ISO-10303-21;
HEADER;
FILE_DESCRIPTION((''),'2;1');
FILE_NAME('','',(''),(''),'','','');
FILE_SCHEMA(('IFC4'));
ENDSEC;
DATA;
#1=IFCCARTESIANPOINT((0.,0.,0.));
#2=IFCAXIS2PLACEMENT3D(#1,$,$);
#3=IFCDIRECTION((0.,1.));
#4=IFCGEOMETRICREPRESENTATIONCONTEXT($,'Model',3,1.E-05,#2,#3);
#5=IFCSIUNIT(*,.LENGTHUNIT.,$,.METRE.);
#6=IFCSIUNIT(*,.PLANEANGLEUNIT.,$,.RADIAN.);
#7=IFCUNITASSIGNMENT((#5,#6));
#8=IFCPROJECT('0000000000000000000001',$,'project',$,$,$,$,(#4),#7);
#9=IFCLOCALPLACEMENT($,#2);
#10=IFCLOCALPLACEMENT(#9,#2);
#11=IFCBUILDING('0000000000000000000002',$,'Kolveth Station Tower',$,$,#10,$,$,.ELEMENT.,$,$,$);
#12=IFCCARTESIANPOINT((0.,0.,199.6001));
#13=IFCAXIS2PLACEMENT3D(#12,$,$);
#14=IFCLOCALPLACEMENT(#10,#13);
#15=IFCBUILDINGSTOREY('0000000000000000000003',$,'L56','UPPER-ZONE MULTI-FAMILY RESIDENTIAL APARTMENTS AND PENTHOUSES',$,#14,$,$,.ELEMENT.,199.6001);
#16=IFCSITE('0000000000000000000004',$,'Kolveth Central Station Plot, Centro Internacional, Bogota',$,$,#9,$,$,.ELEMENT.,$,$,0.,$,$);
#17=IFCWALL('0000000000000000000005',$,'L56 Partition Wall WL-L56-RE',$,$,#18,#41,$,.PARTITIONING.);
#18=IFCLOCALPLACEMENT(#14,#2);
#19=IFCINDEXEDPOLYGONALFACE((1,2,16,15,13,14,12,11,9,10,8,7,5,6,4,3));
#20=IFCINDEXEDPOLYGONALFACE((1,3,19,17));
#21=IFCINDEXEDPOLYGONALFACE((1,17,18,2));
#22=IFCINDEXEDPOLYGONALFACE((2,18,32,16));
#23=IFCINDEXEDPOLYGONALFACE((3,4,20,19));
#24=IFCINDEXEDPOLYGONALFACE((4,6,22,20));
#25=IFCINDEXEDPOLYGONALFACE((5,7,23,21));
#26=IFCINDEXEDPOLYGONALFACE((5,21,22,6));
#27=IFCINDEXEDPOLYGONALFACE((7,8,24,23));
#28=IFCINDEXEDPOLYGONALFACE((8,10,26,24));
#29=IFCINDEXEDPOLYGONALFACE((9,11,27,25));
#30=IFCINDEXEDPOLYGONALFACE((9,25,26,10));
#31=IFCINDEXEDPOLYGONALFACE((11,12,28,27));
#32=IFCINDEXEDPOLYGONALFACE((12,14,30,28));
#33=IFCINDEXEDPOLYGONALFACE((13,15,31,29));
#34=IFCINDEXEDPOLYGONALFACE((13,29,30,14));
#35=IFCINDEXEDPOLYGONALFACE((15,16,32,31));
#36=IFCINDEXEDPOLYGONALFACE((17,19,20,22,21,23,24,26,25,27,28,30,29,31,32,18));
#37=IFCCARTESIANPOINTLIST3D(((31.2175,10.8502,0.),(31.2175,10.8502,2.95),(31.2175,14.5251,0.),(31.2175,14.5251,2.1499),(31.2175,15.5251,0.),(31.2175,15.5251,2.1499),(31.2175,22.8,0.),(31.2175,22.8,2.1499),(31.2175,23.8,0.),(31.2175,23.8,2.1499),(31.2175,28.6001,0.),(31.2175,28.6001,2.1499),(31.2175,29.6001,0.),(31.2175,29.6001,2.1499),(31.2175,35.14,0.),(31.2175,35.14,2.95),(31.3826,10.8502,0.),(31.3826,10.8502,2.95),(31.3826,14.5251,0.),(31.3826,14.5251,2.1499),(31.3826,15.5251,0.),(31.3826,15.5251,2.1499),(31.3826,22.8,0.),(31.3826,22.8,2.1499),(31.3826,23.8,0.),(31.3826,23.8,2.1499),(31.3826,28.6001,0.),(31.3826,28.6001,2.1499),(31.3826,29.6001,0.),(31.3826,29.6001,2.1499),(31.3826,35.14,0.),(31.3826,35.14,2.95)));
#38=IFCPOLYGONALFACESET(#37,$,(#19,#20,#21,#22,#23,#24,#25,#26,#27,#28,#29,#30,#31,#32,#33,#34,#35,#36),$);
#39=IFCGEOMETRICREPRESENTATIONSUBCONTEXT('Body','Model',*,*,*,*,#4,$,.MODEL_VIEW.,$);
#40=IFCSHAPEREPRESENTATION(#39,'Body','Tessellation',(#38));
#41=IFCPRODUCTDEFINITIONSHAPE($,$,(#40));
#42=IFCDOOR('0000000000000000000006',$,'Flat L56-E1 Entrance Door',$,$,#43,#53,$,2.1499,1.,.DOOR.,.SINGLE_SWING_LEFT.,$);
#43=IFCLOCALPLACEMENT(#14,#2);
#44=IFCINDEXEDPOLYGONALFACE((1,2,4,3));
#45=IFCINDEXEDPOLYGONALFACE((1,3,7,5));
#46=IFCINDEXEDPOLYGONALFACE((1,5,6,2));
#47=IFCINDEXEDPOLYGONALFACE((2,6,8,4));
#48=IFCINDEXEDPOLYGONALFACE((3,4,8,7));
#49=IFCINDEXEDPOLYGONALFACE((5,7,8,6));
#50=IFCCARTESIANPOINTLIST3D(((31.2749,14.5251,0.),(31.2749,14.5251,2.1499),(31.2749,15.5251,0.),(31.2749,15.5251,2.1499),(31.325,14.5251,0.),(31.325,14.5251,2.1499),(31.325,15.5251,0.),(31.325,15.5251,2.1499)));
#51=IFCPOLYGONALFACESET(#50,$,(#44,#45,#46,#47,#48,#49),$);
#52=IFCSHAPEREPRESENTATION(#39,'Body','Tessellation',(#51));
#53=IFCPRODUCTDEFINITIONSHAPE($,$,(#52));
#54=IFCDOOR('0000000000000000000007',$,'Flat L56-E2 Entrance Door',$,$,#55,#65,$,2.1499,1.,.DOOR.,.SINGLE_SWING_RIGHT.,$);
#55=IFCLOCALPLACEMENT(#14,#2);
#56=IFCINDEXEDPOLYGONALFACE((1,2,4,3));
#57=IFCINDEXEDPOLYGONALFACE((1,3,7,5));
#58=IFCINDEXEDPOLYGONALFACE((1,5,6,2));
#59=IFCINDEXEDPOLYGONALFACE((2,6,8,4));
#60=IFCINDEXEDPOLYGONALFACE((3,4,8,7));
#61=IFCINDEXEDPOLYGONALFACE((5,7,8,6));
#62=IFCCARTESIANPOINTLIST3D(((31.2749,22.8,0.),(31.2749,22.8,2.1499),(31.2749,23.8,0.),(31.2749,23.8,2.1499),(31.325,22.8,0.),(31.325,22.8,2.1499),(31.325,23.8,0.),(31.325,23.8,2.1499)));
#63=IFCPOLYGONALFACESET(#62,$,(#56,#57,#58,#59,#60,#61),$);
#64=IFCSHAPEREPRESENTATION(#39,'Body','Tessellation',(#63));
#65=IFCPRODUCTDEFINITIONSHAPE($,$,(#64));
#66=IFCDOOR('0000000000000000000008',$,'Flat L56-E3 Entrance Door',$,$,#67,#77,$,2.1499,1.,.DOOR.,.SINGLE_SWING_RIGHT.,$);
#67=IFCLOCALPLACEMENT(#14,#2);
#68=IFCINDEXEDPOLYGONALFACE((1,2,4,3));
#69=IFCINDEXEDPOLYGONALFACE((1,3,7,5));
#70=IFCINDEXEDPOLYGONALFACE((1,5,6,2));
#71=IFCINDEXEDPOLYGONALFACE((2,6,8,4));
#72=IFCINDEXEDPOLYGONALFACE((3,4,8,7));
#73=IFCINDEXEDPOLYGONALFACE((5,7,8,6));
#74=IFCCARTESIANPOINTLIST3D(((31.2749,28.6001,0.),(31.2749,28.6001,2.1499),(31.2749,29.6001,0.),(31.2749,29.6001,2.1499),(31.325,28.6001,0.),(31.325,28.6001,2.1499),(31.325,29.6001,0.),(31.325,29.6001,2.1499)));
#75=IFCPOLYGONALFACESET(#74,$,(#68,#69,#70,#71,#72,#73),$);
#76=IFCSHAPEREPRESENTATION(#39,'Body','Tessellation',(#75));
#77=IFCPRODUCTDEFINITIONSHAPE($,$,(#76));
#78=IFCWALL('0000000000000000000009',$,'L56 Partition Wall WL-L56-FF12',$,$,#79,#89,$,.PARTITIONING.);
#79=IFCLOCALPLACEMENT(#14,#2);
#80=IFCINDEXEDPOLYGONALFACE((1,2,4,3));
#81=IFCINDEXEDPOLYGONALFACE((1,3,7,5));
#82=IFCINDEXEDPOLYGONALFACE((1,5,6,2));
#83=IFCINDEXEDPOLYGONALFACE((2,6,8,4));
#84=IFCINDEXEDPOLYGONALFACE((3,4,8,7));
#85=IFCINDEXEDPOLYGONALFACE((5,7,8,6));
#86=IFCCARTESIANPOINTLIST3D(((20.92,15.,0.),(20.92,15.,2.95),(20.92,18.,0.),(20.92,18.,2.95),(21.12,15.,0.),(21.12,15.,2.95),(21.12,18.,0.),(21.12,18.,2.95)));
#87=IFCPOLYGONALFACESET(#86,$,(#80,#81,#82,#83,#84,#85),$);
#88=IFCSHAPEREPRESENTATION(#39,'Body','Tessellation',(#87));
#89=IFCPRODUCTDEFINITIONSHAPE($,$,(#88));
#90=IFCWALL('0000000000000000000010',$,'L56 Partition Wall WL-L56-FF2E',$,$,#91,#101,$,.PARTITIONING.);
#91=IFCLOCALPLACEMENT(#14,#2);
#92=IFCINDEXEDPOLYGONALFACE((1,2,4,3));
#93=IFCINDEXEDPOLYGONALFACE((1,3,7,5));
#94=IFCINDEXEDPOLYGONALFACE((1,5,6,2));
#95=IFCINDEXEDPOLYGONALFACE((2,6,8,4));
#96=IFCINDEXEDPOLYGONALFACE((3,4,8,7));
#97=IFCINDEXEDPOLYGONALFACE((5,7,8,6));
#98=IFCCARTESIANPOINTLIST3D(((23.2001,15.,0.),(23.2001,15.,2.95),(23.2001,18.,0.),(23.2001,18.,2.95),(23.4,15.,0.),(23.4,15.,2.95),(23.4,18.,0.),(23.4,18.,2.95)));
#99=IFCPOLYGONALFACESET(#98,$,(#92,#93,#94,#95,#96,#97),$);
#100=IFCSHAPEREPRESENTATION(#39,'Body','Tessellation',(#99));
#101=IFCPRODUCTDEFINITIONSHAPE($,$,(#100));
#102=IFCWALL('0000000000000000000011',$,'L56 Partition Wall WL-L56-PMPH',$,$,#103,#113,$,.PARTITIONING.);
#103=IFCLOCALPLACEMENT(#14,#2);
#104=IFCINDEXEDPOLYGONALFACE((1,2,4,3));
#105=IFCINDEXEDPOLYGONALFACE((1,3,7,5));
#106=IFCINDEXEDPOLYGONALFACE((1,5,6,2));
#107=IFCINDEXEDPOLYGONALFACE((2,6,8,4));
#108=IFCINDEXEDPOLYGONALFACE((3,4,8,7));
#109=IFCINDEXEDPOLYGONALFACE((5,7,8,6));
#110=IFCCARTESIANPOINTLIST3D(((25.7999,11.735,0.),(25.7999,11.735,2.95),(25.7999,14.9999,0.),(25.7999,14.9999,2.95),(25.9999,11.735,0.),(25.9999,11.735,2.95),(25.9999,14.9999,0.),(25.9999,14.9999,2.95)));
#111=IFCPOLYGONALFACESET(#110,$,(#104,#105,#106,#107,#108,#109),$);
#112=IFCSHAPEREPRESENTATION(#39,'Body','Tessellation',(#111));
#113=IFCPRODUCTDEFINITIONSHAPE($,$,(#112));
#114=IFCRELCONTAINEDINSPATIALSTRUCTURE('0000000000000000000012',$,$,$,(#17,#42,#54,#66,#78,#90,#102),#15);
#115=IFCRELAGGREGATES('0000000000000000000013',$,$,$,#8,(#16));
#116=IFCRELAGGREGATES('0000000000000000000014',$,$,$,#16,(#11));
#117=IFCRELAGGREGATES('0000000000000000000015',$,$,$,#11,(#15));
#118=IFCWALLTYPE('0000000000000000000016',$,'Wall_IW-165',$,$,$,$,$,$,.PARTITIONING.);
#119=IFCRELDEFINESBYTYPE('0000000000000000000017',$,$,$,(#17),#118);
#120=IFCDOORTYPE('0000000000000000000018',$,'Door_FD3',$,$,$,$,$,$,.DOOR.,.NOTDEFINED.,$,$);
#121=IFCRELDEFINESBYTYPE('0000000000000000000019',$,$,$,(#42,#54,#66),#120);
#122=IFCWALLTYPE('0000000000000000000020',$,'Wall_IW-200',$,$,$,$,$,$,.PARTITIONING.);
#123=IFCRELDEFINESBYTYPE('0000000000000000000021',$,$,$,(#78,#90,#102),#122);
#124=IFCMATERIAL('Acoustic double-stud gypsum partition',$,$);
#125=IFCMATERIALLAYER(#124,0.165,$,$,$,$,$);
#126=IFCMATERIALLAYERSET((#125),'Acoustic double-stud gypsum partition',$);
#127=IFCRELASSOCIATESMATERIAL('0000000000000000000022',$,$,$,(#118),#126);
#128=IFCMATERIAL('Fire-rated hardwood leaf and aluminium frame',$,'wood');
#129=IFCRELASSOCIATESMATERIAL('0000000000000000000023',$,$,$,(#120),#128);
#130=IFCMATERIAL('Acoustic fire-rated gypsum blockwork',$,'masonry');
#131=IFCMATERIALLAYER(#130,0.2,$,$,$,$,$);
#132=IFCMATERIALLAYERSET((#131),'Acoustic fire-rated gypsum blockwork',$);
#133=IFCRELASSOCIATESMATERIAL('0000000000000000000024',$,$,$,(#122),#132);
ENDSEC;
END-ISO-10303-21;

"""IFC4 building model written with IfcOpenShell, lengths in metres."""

from ifc_helpers import new_model, si_unit, direction, frame, frame_2d, origin, place, context, subcontext, project, spatial, rectangle, extrude, material, layer, layer_set, type_object, element, fill, save


model = new_model("IFC4")

# Units and contexts
model_context = context("Model", 3, precision=1e-05, world=origin(), true_north=direction((0.0, 1.0)))
body_context = subcontext(model_context, "Body", "Model", "MODEL_VIEW")
ifc_project = project(units=[si_unit("LENGTHUNIT", "METRE"), si_unit("PLANEANGLEUNIT", "RADIAN")], contexts=[model_context])

# Site, building, storey
site_placement = place(None, origin())
site = spatial("IfcSite", under=ifc_project, at=site_placement, Name="Kolveth Central Station Plot, Centro Internacional, Bogota", CompositionType="ELEMENT", RefElevation=0.0)
building_placement = place(site_placement, origin())
building = spatial("IfcBuilding", under=site, at=building_placement, Name="Kolveth Station Tower", CompositionType="ELEMENT")
storey_placement = place(building_placement, frame((0.0, 0.0, 199.6001)))
storey = spatial("IfcBuildingStorey", under=building, at=storey_placement, Name="L56", Description="UPPER-ZONE MULTI-FAMILY RESIDENTIAL APARTMENTS AND PENTHOUSES", CompositionType="ELEMENT", Elevation=199.6001)

# Shared definitions
ifc_material_1 = material(Name="Acoustic double-stud gypsum partition")
ifc_layer_1 = layer(ifc_material_1, 0.165)
ifc_layer_set_1 = layer_set([ifc_layer_1], Name="Acoustic double-stud gypsum partition")
wall_type_1 = type_object("IfcWallType", Name="Wall_IW-165", PredefinedType="PARTITIONING", material=ifc_layer_set_1)

# Wall, openings, doors
wall_1_placement = place(storey_placement, frame((31.3, 10.8501, 0.0), z_axis=(0.0, 0.0, 1.0), x_axis=(0.0, 1.0, 0.0)))
wall_1 = element("IfcWall", 1, at=wall_1_placement, inside=storey, type_object=wall_type_1, Name="L56 Partition Wall WL-L56-RE", PredefinedType="PARTITIONING", context=body_context, shape_type="SweptSolid", body=[
    extrude(rectangle(XDim=24.2898, YDim=0.165, at=frame_2d((12.145, 0.0))), origin(), (0.0, 0.0, 1.0), 2.95),
])
opening_1_placement = place(wall_1_placement, frame((3.675, 0.0, 0.0)))
opening_1 = element("IfcOpeningElement", 2, at=opening_1_placement, cuts=wall_1, PredefinedType="OPENING", context=body_context, shape_type="SweptSolid", body=[
    extrude(rectangle(XDim=1.0, YDim=2.1499, at=frame_2d((0.5, 1.075))), frame((0.0, 0.0925, 0.0), z_axis=(0.0, -1.0, 0.0), x_axis=(1.0, 0.0, 0.0)), (0.0, 0.0, 1.0), 0.1851),
])
opening_2_placement = place(wall_1_placement, frame((11.95, 0.0, 0.0)))
opening_2 = element("IfcOpeningElement", 3, at=opening_2_placement, cuts=wall_1, PredefinedType="OPENING", context=body_context, shape_type="SweptSolid", body=[
    extrude(rectangle(XDim=1.0, YDim=2.1499, at=frame_2d((0.5, 1.075))), frame((0.0, 0.0925, 0.0), z_axis=(0.0, -1.0, 0.0), x_axis=(1.0, 0.0, 0.0)), (0.0, 0.0, 1.0), 0.1851),
])
opening_3_placement = place(wall_1_placement, frame((17.75, 0.0, 0.0)))
opening_3 = element("IfcOpeningElement", 4, at=opening_3_placement, cuts=wall_1, PredefinedType="OPENING", context=body_context, shape_type="SweptSolid", body=[
    extrude(rectangle(XDim=1.0, YDim=2.1499, at=frame_2d((0.5, 1.075))), frame((0.0, 0.0925, 0.0), z_axis=(0.0, -1.0, 0.0), x_axis=(1.0, 0.0, 0.0)), (0.0, 0.0, 1.0), 0.1851),
])
ifc_material_2 = material(Name="Fire-rated hardwood leaf and aluminium frame", Category="wood")
door_type_1 = type_object("IfcDoorType", Name="Door_FD3", OperationType="NOTDEFINED", PredefinedType="DOOR", material=ifc_material_2)
door_1_placement = place(opening_1_placement, frame((1.0, 0.0, 0.0), z_axis=(0.0, 0.0, 1.0), x_axis=(-1.0, 0.0, 0.0)))
door_1 = element("IfcDoor", 5, at=door_1_placement, inside=storey, type_object=door_type_1, Name="Flat L56-E1 Entrance Door", OperationType="SINGLE_SWING_LEFT", OverallHeight=2.1499, OverallWidth=1.0, PredefinedType="DOOR", context=body_context, shape_type="SweptSolid", body=[
    extrude(rectangle(XDim=1.0, YDim=2.1499, at=frame_2d((0.5, 1.075))), frame((0.0, 0.0249, 0.0), z_axis=(0.0, -1.0, 0.0), x_axis=(1.0, 0.0, 0.0)), (0.0, 0.0, 1.0), 0.05),
])
fill(opening_1, door_1)
door_2_placement = place(opening_2_placement, frame((1.0, 0.0, 0.0), z_axis=(0.0, 0.0, 1.0), x_axis=(-1.0, 0.0, 0.0)))
door_2 = element("IfcDoor", 6, at=door_2_placement, inside=storey, type_object=door_type_1, Name="Flat L56-E2 Entrance Door", OperationType="SINGLE_SWING_RIGHT", OverallHeight=2.1499, OverallWidth=1.0, PredefinedType="DOOR", context=body_context, shape_type="SweptSolid", body=[
    extrude(rectangle(XDim=1.0, YDim=2.1499, at=frame_2d((0.5, 1.075))), frame((0.0, 0.0249, 0.0), z_axis=(0.0, -1.0, 0.0), x_axis=(1.0, 0.0, 0.0)), (0.0, 0.0, 1.0), 0.05),
])
fill(opening_2, door_2)
door_3_placement = place(opening_3_placement, frame((1.0, 0.0, 0.0), z_axis=(0.0, 0.0, 1.0), x_axis=(-1.0, 0.0, 0.0)))
door_3 = element("IfcDoor", 7, at=door_3_placement, inside=storey, type_object=door_type_1, Name="Flat L56-E3 Entrance Door", OperationType="SINGLE_SWING_RIGHT", OverallHeight=2.1499, OverallWidth=1.0, PredefinedType="DOOR", context=body_context, shape_type="SweptSolid", body=[
    extrude(rectangle(XDim=1.0, YDim=2.1499, at=frame_2d((0.5, 1.075))), frame((0.0, 0.0249, 0.0), z_axis=(0.0, -1.0, 0.0), x_axis=(1.0, 0.0, 0.0)), (0.0, 0.0, 1.0), 0.05),
])
fill(opening_3, door_3)

# Walls
ifc_material_3 = material(Name="Acoustic fire-rated gypsum blockwork", Category="masonry")
ifc_layer_2 = layer(ifc_material_3, 0.2)
ifc_layer_set_2 = layer_set([ifc_layer_2], Name="Acoustic fire-rated gypsum blockwork")
wall_type_2 = type_object("IfcWallType", Name="Wall_IW-200", PredefinedType="PARTITIONING", material=ifc_layer_set_2)
for number, where, z_axis, x_axis, name in (
    (8, (21.02, 15.0, 0.0), (0.0, 0.0, 1.0), (0.0, 1.0, 0.0), "L56 Partition Wall WL-L56-FF12"),
    (9, (23.3, 15.0, 0.0), (0.0, 0.0, 1.0), (0.0, 1.0, 0.0), "L56 Partition Wall WL-L56-FF2E"),
):
    element("IfcWall", number, at=place(storey_placement, frame(where, z_axis=z_axis, x_axis=x_axis)), inside=storey, type_object=wall_type_2, Name=name, PredefinedType="PARTITIONING", context=body_context, shape_type="SweptSolid", body=[
        extrude(rectangle(XDim=3.0, YDim=0.2, at=frame_2d((1.5, 0.0))), origin(), (0.0, 0.0, 1.0), 2.95),
    ])
wall_2_placement = place(storey_placement, frame((25.8999, 11.7351, 0.0), z_axis=(0.0, 0.0, 1.0), x_axis=(0.0, 1.0, 0.0)))
element("IfcWall", 10, at=wall_2_placement, inside=storey, type_object=wall_type_2, Name="L56 Partition Wall WL-L56-PMPH", PredefinedType="PARTITIONING", context=body_context, shape_type="SweptSolid", body=[
    extrude(rectangle(XDim=3.2649, YDim=0.2, at=frame_2d((1.6323, 0.0))), origin(), (0.0, 0.0, 1.0), 2.95),
])

save(model, "model.ifc")
